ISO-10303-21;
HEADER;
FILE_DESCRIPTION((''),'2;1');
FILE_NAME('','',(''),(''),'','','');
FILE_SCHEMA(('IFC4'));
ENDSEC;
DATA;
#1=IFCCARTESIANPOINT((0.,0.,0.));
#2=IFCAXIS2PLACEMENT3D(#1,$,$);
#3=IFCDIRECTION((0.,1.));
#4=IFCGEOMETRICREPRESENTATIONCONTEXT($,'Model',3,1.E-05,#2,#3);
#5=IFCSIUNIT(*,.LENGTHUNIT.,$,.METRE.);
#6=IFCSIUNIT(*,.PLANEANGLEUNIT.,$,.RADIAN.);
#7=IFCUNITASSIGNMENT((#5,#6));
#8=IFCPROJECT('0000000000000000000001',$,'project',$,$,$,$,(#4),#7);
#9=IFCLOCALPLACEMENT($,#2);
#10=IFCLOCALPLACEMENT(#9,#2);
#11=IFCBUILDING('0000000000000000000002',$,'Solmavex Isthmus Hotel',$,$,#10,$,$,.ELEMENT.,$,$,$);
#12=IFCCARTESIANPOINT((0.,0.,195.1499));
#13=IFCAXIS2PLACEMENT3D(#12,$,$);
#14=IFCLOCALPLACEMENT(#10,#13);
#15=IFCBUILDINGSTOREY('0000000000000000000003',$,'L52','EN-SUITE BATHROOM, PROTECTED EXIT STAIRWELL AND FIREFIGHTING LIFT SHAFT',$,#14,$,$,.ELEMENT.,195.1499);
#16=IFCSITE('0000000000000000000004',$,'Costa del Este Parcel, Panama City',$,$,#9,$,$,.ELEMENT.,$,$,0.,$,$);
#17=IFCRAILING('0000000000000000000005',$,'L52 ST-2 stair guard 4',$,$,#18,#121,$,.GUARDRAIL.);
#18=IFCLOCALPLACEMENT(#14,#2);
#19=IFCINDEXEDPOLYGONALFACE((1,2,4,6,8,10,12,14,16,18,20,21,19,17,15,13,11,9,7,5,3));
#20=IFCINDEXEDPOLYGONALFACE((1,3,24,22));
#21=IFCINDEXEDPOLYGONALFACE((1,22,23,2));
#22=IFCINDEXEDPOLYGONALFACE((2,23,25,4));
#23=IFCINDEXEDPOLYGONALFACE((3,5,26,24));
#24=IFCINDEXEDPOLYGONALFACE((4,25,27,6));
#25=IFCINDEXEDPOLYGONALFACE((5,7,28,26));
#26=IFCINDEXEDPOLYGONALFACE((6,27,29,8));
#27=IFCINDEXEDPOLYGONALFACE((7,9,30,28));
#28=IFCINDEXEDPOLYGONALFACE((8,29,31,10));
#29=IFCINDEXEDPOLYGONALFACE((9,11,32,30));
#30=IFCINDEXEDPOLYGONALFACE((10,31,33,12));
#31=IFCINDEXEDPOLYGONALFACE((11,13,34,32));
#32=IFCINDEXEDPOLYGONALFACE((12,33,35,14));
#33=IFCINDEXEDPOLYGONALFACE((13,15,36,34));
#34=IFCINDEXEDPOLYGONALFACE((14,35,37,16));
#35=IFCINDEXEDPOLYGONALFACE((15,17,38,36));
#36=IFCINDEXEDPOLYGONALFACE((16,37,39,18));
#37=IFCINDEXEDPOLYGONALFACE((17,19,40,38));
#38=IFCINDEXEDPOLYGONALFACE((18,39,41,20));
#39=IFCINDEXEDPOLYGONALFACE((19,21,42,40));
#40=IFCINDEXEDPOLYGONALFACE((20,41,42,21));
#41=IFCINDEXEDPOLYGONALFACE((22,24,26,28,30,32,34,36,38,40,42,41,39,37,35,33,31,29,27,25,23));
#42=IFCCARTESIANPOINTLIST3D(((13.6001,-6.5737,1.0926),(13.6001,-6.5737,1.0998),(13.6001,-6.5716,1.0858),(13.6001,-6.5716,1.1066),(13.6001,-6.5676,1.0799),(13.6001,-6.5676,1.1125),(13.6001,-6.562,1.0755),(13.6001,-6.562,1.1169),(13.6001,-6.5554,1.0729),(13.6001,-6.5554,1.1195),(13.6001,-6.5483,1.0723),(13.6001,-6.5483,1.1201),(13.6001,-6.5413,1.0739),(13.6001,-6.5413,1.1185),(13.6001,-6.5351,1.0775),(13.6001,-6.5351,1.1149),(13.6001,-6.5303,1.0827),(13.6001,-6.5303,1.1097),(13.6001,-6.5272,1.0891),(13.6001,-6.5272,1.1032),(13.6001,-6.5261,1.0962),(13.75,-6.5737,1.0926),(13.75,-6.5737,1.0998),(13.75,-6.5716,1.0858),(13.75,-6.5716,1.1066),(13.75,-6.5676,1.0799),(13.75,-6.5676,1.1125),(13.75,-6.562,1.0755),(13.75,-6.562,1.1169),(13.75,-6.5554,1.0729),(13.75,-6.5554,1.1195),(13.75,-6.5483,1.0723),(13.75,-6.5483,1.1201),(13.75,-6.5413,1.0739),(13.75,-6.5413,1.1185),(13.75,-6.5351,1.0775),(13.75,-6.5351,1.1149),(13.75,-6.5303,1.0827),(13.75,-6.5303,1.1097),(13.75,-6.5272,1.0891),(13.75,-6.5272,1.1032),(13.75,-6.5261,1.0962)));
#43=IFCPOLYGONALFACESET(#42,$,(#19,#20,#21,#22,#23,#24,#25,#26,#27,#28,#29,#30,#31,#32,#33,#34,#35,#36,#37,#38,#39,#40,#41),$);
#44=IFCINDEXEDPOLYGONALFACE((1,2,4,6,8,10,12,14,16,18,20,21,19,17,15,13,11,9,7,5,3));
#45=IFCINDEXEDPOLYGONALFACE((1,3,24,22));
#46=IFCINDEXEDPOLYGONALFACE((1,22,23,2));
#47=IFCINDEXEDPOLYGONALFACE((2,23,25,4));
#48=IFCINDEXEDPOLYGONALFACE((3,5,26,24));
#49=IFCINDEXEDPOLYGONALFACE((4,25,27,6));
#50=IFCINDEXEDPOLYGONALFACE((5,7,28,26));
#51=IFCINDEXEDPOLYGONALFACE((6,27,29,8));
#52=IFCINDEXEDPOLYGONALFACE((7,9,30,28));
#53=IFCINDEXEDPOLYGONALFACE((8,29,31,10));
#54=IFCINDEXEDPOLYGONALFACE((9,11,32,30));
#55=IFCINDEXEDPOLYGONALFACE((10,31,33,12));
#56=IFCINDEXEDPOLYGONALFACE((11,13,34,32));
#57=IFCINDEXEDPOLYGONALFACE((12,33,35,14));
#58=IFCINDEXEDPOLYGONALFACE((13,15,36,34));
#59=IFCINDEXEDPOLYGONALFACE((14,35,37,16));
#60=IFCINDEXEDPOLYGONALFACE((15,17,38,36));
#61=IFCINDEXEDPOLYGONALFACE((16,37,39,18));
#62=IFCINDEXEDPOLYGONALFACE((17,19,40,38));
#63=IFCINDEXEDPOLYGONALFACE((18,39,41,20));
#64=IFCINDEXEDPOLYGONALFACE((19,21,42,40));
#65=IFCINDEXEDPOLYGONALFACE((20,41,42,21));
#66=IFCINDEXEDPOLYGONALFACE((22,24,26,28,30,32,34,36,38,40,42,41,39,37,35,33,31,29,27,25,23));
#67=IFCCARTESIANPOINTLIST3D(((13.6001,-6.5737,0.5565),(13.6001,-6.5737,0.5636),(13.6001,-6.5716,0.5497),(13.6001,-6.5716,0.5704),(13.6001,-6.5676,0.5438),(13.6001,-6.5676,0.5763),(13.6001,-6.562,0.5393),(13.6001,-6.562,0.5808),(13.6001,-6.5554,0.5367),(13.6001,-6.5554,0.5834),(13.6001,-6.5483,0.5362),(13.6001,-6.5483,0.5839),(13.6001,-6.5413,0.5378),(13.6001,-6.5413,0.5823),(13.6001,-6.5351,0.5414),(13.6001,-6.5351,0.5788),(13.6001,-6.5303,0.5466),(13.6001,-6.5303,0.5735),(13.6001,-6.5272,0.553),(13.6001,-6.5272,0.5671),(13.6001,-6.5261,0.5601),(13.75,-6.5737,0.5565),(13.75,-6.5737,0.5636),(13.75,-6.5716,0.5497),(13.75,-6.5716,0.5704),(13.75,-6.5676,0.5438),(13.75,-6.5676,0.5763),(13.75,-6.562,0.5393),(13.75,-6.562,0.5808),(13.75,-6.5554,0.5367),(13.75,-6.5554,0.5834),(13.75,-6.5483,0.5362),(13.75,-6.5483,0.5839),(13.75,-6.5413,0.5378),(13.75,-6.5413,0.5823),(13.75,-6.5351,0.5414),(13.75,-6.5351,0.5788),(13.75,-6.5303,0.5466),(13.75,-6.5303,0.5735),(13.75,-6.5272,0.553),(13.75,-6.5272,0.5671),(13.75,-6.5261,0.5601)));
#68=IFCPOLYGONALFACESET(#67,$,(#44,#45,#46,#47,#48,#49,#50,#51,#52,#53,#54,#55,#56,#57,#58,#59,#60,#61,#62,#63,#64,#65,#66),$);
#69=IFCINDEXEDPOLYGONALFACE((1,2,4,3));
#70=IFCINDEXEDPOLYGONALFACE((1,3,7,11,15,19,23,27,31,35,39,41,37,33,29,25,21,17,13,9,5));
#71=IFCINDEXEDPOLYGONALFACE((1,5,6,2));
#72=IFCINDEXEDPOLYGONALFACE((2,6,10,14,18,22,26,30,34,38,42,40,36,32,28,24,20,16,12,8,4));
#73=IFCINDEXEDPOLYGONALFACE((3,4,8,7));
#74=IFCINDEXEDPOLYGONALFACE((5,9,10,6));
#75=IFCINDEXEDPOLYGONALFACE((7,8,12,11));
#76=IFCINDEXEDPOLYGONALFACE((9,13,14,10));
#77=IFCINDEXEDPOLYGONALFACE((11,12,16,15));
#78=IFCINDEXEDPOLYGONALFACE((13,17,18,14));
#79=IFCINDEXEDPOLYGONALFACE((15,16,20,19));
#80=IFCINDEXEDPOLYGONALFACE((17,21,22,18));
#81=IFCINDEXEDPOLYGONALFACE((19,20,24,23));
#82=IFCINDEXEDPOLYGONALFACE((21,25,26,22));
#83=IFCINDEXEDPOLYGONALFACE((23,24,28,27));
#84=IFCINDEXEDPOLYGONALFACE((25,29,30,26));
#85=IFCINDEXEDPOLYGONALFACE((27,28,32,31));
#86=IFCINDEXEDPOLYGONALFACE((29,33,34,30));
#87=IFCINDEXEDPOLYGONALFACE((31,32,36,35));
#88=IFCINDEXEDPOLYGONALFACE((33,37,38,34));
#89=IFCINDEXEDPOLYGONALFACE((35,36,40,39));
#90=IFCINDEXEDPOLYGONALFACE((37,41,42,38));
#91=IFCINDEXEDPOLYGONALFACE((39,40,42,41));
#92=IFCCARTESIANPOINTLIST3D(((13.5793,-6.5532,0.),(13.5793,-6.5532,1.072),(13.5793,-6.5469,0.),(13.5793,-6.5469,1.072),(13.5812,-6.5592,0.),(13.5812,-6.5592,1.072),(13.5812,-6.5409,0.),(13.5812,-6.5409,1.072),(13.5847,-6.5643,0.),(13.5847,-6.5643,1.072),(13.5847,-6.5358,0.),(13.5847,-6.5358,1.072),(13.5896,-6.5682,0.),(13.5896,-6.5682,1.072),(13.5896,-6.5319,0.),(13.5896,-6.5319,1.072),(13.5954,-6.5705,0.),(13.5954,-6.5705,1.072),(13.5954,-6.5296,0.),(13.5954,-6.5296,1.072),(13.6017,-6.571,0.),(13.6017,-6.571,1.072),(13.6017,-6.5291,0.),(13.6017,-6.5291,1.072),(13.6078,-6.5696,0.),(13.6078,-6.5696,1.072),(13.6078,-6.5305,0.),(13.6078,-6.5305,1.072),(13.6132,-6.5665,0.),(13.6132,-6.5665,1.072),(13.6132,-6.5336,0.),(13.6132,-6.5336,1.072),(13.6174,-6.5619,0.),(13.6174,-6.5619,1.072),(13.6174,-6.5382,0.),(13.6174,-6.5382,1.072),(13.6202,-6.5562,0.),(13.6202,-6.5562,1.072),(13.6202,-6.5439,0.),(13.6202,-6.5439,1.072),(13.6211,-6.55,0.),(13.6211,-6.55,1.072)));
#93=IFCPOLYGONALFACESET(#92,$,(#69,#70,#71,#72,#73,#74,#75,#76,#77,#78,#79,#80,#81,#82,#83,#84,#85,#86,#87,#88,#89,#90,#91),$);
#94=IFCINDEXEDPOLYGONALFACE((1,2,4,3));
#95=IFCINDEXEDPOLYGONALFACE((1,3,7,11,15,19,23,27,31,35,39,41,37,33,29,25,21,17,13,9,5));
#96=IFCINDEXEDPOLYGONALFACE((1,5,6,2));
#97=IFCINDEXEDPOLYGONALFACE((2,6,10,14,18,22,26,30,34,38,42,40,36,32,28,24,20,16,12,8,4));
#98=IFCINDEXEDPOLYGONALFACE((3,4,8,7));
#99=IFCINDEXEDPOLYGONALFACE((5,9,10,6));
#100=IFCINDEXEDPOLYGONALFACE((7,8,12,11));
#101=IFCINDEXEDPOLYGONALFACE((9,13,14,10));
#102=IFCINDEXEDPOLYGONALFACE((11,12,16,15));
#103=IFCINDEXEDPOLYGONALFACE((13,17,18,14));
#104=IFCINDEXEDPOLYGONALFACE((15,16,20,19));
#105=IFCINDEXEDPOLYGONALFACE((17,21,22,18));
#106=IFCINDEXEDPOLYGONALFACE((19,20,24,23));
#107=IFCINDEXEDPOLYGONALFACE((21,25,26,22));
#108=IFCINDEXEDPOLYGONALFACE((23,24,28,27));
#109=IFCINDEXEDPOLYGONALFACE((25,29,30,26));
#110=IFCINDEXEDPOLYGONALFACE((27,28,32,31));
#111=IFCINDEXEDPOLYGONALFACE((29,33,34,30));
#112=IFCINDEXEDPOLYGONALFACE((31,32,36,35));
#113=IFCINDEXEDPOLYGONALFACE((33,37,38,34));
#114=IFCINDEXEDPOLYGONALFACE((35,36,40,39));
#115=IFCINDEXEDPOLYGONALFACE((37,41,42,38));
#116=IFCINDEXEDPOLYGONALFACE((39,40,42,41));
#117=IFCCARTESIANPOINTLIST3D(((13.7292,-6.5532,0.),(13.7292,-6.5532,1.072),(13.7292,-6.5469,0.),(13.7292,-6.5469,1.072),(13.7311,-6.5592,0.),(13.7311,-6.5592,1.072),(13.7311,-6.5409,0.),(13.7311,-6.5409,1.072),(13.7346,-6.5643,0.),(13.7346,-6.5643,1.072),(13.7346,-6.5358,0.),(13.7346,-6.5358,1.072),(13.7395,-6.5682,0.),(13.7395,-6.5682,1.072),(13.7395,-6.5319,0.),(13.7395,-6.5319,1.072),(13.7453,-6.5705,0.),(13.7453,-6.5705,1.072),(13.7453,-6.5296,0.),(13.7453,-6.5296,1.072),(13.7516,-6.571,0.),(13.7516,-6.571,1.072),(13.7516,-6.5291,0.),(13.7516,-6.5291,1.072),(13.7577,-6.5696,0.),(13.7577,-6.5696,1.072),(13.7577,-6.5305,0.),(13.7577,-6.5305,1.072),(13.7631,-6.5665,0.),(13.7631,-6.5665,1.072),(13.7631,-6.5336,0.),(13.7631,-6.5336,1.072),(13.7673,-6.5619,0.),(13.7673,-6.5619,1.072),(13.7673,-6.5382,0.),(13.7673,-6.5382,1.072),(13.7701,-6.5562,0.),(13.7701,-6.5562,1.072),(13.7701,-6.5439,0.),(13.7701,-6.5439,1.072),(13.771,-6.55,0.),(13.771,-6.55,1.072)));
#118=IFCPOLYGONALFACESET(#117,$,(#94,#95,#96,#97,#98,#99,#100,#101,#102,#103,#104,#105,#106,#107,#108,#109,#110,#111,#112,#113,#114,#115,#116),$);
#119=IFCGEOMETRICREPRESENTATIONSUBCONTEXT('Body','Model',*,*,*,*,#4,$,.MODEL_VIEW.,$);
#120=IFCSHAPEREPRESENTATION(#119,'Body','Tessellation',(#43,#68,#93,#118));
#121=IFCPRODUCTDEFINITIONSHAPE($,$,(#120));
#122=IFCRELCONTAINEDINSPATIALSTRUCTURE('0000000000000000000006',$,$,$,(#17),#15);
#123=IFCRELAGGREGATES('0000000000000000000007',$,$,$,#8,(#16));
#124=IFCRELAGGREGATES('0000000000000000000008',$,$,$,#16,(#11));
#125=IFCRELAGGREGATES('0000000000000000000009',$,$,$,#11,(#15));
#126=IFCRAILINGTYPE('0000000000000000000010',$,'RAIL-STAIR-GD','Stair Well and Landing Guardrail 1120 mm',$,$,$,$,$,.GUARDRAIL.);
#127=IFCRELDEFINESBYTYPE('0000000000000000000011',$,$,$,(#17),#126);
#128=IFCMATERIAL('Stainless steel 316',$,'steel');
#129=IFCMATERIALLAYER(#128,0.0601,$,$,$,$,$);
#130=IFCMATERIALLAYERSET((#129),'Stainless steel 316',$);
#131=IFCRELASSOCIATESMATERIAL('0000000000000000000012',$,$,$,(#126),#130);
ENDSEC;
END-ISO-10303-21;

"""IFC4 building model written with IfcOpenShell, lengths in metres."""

from ifc_helpers import new_model, si_unit, direction, frame, origin, origin_2d, place, context, subcontext, project, spatial, circle, extrude, material, layer, layer_set, type_object, element, save


model = new_model("IFC4")

# Units and contexts
model_context = context("Model", 3, precision=1e-05, world=origin(), true_north=direction((0.0, 1.0)))
body_context = subcontext(model_context, "Body", "Model", "MODEL_VIEW")
ifc_project = project(units=[si_unit("LENGTHUNIT", "METRE"), si_unit("PLANEANGLEUNIT", "RADIAN")], contexts=[model_context])

# Site, building, storey
site_placement = place(None, origin())
site = spatial("IfcSite", under=ifc_project, at=site_placement, Name="Costa del Este Parcel, Panama City", CompositionType="ELEMENT", RefElevation=0.0)
building_placement = place(site_placement, origin())
building = spatial("IfcBuilding", under=site, at=building_placement, Name="Solmavex Isthmus Hotel", CompositionType="ELEMENT")
storey_placement = place(building_placement, frame((0.0, 0.0, 195.1499)))
storey = spatial("IfcBuildingStorey", under=building, at=storey_placement, Name="L52", Description="EN-SUITE BATHROOM, PROTECTED EXIT STAIRWELL AND FIREFIGHTING LIFT SHAFT", CompositionType="ELEMENT", Elevation=195.1499)

# Railing
ifc_material_1 = material(Name="Stainless steel 316", Category="steel")
ifc_layer_1 = layer(ifc_material_1, 0.0601)
ifc_layer_set_1 = layer_set([ifc_layer_1], Name="Stainless steel 316")
railing_type_1 = type_object("IfcRailingType", Name="RAIL-STAIR-GD", Description="Stair Well and Landing Guardrail 1120 mm", PredefinedType="GUARDRAIL", material=ifc_layer_set_1)
railing_1_placement = place(storey_placement, frame((13.6001, -6.55, 0.0)))
element("IfcRailing", 1, at=railing_1_placement, inside=storey, type_object=railing_type_1, Name="L52 ST-2 stair guard 4", PredefinedType="GUARDRAIL", context=body_context, shape_type="SweptSolid", body=[
    extrude(circle(Radius=0.0239, at=origin_2d()), frame((0.0, 0.0, 1.0962), z_axis=(1.0, 0.0, 0.0), x_axis=(0.0, 1.0, 0.0)), (0.0, 0.0, 1.0), 0.1499),
    extrude(circle(Radius=0.0239, at=origin_2d()), frame((0.0, 0.0, 0.5601), z_axis=(1.0, 0.0, 0.0), x_axis=(0.0, 1.0, 0.0)), (0.0, 0.0, 1.0), 0.1499),
    extrude(circle(Radius=0.021, at=origin_2d()), origin(), (0.0, 0.0, 1.0), 1.072),
    extrude(circle(Radius=0.021, at=origin_2d()), frame((0.1499, 0.0, 0.0)), (0.0, 0.0, 1.0), 1.072),
])

save(model, "model.ifc")
